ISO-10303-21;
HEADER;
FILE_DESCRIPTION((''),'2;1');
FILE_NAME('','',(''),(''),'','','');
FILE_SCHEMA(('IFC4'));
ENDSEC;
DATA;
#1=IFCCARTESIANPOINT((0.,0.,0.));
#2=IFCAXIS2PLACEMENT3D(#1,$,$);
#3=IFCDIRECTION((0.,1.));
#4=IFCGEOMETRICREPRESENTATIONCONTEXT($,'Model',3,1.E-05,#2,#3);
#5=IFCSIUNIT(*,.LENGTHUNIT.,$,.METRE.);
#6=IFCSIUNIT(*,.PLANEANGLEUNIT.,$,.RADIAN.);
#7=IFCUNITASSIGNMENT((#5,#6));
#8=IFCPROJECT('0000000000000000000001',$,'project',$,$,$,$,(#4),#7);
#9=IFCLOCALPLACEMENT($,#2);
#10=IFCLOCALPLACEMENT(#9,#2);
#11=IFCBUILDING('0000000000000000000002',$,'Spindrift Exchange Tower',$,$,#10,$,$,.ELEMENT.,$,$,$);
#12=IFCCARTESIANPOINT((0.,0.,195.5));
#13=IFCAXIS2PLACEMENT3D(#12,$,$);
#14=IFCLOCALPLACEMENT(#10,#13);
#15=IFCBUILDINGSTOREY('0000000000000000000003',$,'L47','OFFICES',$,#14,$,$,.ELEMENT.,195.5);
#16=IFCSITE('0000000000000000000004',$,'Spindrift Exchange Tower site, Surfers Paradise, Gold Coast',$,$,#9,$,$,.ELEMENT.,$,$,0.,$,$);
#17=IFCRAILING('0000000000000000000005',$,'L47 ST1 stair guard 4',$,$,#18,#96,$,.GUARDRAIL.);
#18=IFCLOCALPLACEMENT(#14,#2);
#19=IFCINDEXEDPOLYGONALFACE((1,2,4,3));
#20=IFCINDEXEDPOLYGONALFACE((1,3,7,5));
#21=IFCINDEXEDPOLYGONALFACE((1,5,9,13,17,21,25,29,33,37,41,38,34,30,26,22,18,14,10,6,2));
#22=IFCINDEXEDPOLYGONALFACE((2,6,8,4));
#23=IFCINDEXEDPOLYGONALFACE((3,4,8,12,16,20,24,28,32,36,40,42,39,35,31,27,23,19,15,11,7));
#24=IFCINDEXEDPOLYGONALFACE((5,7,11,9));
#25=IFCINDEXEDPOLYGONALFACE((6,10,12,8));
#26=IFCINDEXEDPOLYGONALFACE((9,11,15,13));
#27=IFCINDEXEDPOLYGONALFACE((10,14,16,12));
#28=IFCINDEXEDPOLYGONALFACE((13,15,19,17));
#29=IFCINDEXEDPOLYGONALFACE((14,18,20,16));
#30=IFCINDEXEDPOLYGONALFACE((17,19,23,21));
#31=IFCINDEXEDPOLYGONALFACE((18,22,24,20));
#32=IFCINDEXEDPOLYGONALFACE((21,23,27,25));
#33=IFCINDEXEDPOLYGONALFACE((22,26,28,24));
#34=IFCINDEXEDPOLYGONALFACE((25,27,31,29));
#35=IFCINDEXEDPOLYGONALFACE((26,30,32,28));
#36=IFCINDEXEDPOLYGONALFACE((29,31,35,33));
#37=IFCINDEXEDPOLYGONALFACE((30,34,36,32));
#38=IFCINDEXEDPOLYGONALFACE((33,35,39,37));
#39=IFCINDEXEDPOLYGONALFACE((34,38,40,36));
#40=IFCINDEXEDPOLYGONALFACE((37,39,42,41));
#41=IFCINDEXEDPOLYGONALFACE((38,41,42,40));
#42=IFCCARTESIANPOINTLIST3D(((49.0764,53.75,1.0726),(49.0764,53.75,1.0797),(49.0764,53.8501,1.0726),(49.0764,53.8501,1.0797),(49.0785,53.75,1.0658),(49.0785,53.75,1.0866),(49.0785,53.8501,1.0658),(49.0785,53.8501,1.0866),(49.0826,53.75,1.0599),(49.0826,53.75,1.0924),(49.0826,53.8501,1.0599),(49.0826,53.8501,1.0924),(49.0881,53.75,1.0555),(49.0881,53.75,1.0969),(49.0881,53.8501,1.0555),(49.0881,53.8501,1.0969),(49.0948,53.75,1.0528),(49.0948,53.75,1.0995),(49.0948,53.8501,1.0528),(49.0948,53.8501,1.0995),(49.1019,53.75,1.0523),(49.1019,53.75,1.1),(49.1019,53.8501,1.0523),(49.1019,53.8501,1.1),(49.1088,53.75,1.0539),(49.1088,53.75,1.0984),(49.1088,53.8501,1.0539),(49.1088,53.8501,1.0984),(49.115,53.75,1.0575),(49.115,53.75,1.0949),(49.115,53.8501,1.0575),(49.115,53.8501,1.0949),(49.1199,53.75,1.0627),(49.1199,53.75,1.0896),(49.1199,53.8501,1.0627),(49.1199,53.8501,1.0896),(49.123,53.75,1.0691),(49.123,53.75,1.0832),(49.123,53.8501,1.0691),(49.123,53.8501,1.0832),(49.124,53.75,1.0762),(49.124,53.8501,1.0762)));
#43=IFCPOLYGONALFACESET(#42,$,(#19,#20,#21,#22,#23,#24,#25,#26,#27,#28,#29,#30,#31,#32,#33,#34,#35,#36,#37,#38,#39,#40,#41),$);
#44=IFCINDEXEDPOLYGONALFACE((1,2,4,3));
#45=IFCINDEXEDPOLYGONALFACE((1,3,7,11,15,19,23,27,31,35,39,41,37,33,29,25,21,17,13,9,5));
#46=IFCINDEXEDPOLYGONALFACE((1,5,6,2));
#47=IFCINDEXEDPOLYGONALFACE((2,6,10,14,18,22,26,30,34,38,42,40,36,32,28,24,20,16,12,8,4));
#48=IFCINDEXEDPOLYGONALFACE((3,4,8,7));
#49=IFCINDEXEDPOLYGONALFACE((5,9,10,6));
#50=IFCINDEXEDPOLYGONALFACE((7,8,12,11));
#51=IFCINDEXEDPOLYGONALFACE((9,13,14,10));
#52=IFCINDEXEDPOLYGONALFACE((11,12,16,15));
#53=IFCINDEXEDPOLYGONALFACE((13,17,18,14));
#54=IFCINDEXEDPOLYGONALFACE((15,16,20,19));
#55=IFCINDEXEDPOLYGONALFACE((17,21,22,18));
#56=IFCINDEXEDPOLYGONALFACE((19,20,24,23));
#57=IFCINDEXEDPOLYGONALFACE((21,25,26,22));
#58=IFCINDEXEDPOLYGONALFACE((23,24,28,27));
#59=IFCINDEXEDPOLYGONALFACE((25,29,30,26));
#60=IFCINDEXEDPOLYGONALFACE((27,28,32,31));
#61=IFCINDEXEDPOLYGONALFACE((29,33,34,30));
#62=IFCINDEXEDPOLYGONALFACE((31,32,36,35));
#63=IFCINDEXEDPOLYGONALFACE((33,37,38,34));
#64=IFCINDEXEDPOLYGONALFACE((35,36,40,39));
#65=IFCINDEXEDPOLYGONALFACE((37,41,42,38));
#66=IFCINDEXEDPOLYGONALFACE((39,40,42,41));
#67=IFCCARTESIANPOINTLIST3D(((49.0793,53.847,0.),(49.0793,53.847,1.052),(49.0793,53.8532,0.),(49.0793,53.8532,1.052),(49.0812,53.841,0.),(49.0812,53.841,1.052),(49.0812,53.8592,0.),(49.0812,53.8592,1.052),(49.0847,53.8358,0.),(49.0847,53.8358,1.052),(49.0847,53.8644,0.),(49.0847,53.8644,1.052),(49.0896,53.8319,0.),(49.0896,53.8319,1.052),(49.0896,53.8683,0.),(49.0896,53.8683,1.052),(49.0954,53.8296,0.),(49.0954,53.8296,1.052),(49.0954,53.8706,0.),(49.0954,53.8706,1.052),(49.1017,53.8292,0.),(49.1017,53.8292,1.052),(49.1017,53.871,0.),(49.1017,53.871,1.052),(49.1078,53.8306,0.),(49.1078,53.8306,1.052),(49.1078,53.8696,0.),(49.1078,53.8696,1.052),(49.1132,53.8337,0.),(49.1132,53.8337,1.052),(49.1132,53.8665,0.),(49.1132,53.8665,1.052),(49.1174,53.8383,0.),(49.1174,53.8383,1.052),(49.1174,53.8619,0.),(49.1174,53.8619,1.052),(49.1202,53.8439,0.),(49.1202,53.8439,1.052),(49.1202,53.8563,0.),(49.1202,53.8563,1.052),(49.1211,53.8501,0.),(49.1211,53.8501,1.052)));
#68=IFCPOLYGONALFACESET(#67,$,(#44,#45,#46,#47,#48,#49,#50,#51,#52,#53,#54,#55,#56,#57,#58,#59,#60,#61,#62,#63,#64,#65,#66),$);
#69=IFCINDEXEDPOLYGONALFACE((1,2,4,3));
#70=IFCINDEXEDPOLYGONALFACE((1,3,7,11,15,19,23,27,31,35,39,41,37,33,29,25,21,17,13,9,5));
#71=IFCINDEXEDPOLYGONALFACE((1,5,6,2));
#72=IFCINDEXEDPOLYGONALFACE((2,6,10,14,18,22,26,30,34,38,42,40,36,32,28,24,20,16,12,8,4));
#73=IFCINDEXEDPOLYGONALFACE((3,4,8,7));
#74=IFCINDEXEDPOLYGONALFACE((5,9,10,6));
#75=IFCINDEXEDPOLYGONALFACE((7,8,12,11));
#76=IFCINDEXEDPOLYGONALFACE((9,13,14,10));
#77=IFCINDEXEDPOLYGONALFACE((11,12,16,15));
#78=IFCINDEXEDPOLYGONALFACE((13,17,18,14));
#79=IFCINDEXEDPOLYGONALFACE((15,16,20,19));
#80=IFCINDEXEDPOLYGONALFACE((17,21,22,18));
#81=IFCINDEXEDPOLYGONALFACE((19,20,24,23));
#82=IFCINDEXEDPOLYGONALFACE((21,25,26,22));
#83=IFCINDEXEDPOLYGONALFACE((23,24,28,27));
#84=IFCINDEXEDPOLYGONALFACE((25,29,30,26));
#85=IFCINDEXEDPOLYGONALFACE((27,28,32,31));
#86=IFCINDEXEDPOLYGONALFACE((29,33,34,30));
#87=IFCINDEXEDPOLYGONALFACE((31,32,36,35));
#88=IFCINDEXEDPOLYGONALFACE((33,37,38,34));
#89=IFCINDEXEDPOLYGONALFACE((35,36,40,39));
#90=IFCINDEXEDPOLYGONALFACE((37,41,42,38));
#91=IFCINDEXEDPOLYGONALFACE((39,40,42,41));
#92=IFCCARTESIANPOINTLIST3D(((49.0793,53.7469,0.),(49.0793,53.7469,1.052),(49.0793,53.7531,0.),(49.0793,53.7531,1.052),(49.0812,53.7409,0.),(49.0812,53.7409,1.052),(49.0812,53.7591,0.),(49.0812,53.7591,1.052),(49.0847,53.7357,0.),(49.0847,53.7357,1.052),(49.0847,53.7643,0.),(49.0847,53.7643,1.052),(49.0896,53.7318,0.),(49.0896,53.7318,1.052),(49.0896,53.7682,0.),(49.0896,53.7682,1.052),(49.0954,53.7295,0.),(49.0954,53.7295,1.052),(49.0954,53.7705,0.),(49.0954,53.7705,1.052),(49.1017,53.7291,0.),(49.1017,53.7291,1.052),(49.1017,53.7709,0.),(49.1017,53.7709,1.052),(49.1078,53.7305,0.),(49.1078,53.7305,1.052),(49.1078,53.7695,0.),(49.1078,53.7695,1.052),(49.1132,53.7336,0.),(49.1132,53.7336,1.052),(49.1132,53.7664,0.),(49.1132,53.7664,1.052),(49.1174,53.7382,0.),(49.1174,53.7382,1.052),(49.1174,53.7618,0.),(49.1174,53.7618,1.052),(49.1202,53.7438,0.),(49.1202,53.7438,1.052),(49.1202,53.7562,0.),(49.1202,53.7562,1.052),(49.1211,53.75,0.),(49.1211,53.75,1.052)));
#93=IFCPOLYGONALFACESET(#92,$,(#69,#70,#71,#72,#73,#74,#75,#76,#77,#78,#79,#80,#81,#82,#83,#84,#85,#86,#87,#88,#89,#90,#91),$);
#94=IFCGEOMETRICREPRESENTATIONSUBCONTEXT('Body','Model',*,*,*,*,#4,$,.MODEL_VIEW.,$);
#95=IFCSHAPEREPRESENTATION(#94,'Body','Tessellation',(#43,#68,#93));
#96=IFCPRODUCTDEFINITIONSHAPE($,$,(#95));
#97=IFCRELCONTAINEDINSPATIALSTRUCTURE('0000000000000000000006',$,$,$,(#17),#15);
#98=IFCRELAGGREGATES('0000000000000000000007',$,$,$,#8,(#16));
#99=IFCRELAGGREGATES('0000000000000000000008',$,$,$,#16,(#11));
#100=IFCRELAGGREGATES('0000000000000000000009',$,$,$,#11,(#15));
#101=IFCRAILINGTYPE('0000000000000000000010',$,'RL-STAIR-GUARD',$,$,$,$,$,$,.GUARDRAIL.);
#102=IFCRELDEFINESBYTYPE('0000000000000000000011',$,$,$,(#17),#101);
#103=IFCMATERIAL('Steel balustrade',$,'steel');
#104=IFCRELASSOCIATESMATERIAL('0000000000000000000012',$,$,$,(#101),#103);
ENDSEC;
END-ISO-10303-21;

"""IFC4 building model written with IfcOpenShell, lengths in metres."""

from ifc_helpers import new_model, si_unit, direction, frame, origin, origin_2d, place, context, subcontext, project, spatial, circle, extrude, material, type_object, element, save


model = new_model("IFC4")

# Units and contexts
model_context = context("Model", 3, precision=1e-05, world=origin(), true_north=direction((0.0, 1.0)))
body_context = subcontext(model_context, "Body", "Model", "MODEL_VIEW")
ifc_project = project(units=[si_unit("LENGTHUNIT", "METRE"), si_unit("PLANEANGLEUNIT", "RADIAN")], contexts=[model_context])

# Site, building, storey
site_placement = place(None, origin())
site = spatial("IfcSite", under=ifc_project, at=site_placement, Name="Spindrift Exchange Tower site, Surfers Paradise, Gold Coast", CompositionType="ELEMENT", RefElevation=0.0)
building_placement = place(site_placement, origin())
building = spatial("IfcBuilding", under=site, at=building_placement, Name="Spindrift Exchange Tower", CompositionType="ELEMENT")
storey_placement = place(building_placement, frame((0.0, 0.0, 195.5)))
storey = spatial("IfcBuildingStorey", under=building, at=storey_placement, Name="L47", Description="OFFICES", CompositionType="ELEMENT", Elevation=195.5)

# Railing
ifc_material_1 = material(Name="Steel balustrade", Category="steel")
railing_type_1 = type_object("IfcRailingType", Name="RL-STAIR-GUARD", PredefinedType="GUARDRAIL", material=ifc_material_1)
railing_1_placement = place(storey_placement, frame((49.1001, 53.8501, 0.0)))
element("IfcRailing", 1, at=railing_1_placement, inside=storey, type_object=railing_type_1, Name="L47 ST1 stair guard 4", PredefinedType="GUARDRAIL", context=body_context, shape_type="SweptSolid", body=[
    extrude(circle(Radius=0.0239, at=origin_2d()), frame((0.0, 0.0, 1.0762), z_axis=(0.0, -1.0, 0.0), x_axis=(1.0, 0.0, 0.0)), (0.0, 0.0, 1.0), 0.1001),
    extrude(circle(Radius=0.021, at=origin_2d()), origin(), (0.0, 0.0, 1.0), 1.052),
    extrude(circle(Radius=0.021, at=origin_2d()), frame((0.0, -0.1001, 0.0)), (0.0, 0.0, 1.0), 1.052),
])

save(model, "model.ifc")
